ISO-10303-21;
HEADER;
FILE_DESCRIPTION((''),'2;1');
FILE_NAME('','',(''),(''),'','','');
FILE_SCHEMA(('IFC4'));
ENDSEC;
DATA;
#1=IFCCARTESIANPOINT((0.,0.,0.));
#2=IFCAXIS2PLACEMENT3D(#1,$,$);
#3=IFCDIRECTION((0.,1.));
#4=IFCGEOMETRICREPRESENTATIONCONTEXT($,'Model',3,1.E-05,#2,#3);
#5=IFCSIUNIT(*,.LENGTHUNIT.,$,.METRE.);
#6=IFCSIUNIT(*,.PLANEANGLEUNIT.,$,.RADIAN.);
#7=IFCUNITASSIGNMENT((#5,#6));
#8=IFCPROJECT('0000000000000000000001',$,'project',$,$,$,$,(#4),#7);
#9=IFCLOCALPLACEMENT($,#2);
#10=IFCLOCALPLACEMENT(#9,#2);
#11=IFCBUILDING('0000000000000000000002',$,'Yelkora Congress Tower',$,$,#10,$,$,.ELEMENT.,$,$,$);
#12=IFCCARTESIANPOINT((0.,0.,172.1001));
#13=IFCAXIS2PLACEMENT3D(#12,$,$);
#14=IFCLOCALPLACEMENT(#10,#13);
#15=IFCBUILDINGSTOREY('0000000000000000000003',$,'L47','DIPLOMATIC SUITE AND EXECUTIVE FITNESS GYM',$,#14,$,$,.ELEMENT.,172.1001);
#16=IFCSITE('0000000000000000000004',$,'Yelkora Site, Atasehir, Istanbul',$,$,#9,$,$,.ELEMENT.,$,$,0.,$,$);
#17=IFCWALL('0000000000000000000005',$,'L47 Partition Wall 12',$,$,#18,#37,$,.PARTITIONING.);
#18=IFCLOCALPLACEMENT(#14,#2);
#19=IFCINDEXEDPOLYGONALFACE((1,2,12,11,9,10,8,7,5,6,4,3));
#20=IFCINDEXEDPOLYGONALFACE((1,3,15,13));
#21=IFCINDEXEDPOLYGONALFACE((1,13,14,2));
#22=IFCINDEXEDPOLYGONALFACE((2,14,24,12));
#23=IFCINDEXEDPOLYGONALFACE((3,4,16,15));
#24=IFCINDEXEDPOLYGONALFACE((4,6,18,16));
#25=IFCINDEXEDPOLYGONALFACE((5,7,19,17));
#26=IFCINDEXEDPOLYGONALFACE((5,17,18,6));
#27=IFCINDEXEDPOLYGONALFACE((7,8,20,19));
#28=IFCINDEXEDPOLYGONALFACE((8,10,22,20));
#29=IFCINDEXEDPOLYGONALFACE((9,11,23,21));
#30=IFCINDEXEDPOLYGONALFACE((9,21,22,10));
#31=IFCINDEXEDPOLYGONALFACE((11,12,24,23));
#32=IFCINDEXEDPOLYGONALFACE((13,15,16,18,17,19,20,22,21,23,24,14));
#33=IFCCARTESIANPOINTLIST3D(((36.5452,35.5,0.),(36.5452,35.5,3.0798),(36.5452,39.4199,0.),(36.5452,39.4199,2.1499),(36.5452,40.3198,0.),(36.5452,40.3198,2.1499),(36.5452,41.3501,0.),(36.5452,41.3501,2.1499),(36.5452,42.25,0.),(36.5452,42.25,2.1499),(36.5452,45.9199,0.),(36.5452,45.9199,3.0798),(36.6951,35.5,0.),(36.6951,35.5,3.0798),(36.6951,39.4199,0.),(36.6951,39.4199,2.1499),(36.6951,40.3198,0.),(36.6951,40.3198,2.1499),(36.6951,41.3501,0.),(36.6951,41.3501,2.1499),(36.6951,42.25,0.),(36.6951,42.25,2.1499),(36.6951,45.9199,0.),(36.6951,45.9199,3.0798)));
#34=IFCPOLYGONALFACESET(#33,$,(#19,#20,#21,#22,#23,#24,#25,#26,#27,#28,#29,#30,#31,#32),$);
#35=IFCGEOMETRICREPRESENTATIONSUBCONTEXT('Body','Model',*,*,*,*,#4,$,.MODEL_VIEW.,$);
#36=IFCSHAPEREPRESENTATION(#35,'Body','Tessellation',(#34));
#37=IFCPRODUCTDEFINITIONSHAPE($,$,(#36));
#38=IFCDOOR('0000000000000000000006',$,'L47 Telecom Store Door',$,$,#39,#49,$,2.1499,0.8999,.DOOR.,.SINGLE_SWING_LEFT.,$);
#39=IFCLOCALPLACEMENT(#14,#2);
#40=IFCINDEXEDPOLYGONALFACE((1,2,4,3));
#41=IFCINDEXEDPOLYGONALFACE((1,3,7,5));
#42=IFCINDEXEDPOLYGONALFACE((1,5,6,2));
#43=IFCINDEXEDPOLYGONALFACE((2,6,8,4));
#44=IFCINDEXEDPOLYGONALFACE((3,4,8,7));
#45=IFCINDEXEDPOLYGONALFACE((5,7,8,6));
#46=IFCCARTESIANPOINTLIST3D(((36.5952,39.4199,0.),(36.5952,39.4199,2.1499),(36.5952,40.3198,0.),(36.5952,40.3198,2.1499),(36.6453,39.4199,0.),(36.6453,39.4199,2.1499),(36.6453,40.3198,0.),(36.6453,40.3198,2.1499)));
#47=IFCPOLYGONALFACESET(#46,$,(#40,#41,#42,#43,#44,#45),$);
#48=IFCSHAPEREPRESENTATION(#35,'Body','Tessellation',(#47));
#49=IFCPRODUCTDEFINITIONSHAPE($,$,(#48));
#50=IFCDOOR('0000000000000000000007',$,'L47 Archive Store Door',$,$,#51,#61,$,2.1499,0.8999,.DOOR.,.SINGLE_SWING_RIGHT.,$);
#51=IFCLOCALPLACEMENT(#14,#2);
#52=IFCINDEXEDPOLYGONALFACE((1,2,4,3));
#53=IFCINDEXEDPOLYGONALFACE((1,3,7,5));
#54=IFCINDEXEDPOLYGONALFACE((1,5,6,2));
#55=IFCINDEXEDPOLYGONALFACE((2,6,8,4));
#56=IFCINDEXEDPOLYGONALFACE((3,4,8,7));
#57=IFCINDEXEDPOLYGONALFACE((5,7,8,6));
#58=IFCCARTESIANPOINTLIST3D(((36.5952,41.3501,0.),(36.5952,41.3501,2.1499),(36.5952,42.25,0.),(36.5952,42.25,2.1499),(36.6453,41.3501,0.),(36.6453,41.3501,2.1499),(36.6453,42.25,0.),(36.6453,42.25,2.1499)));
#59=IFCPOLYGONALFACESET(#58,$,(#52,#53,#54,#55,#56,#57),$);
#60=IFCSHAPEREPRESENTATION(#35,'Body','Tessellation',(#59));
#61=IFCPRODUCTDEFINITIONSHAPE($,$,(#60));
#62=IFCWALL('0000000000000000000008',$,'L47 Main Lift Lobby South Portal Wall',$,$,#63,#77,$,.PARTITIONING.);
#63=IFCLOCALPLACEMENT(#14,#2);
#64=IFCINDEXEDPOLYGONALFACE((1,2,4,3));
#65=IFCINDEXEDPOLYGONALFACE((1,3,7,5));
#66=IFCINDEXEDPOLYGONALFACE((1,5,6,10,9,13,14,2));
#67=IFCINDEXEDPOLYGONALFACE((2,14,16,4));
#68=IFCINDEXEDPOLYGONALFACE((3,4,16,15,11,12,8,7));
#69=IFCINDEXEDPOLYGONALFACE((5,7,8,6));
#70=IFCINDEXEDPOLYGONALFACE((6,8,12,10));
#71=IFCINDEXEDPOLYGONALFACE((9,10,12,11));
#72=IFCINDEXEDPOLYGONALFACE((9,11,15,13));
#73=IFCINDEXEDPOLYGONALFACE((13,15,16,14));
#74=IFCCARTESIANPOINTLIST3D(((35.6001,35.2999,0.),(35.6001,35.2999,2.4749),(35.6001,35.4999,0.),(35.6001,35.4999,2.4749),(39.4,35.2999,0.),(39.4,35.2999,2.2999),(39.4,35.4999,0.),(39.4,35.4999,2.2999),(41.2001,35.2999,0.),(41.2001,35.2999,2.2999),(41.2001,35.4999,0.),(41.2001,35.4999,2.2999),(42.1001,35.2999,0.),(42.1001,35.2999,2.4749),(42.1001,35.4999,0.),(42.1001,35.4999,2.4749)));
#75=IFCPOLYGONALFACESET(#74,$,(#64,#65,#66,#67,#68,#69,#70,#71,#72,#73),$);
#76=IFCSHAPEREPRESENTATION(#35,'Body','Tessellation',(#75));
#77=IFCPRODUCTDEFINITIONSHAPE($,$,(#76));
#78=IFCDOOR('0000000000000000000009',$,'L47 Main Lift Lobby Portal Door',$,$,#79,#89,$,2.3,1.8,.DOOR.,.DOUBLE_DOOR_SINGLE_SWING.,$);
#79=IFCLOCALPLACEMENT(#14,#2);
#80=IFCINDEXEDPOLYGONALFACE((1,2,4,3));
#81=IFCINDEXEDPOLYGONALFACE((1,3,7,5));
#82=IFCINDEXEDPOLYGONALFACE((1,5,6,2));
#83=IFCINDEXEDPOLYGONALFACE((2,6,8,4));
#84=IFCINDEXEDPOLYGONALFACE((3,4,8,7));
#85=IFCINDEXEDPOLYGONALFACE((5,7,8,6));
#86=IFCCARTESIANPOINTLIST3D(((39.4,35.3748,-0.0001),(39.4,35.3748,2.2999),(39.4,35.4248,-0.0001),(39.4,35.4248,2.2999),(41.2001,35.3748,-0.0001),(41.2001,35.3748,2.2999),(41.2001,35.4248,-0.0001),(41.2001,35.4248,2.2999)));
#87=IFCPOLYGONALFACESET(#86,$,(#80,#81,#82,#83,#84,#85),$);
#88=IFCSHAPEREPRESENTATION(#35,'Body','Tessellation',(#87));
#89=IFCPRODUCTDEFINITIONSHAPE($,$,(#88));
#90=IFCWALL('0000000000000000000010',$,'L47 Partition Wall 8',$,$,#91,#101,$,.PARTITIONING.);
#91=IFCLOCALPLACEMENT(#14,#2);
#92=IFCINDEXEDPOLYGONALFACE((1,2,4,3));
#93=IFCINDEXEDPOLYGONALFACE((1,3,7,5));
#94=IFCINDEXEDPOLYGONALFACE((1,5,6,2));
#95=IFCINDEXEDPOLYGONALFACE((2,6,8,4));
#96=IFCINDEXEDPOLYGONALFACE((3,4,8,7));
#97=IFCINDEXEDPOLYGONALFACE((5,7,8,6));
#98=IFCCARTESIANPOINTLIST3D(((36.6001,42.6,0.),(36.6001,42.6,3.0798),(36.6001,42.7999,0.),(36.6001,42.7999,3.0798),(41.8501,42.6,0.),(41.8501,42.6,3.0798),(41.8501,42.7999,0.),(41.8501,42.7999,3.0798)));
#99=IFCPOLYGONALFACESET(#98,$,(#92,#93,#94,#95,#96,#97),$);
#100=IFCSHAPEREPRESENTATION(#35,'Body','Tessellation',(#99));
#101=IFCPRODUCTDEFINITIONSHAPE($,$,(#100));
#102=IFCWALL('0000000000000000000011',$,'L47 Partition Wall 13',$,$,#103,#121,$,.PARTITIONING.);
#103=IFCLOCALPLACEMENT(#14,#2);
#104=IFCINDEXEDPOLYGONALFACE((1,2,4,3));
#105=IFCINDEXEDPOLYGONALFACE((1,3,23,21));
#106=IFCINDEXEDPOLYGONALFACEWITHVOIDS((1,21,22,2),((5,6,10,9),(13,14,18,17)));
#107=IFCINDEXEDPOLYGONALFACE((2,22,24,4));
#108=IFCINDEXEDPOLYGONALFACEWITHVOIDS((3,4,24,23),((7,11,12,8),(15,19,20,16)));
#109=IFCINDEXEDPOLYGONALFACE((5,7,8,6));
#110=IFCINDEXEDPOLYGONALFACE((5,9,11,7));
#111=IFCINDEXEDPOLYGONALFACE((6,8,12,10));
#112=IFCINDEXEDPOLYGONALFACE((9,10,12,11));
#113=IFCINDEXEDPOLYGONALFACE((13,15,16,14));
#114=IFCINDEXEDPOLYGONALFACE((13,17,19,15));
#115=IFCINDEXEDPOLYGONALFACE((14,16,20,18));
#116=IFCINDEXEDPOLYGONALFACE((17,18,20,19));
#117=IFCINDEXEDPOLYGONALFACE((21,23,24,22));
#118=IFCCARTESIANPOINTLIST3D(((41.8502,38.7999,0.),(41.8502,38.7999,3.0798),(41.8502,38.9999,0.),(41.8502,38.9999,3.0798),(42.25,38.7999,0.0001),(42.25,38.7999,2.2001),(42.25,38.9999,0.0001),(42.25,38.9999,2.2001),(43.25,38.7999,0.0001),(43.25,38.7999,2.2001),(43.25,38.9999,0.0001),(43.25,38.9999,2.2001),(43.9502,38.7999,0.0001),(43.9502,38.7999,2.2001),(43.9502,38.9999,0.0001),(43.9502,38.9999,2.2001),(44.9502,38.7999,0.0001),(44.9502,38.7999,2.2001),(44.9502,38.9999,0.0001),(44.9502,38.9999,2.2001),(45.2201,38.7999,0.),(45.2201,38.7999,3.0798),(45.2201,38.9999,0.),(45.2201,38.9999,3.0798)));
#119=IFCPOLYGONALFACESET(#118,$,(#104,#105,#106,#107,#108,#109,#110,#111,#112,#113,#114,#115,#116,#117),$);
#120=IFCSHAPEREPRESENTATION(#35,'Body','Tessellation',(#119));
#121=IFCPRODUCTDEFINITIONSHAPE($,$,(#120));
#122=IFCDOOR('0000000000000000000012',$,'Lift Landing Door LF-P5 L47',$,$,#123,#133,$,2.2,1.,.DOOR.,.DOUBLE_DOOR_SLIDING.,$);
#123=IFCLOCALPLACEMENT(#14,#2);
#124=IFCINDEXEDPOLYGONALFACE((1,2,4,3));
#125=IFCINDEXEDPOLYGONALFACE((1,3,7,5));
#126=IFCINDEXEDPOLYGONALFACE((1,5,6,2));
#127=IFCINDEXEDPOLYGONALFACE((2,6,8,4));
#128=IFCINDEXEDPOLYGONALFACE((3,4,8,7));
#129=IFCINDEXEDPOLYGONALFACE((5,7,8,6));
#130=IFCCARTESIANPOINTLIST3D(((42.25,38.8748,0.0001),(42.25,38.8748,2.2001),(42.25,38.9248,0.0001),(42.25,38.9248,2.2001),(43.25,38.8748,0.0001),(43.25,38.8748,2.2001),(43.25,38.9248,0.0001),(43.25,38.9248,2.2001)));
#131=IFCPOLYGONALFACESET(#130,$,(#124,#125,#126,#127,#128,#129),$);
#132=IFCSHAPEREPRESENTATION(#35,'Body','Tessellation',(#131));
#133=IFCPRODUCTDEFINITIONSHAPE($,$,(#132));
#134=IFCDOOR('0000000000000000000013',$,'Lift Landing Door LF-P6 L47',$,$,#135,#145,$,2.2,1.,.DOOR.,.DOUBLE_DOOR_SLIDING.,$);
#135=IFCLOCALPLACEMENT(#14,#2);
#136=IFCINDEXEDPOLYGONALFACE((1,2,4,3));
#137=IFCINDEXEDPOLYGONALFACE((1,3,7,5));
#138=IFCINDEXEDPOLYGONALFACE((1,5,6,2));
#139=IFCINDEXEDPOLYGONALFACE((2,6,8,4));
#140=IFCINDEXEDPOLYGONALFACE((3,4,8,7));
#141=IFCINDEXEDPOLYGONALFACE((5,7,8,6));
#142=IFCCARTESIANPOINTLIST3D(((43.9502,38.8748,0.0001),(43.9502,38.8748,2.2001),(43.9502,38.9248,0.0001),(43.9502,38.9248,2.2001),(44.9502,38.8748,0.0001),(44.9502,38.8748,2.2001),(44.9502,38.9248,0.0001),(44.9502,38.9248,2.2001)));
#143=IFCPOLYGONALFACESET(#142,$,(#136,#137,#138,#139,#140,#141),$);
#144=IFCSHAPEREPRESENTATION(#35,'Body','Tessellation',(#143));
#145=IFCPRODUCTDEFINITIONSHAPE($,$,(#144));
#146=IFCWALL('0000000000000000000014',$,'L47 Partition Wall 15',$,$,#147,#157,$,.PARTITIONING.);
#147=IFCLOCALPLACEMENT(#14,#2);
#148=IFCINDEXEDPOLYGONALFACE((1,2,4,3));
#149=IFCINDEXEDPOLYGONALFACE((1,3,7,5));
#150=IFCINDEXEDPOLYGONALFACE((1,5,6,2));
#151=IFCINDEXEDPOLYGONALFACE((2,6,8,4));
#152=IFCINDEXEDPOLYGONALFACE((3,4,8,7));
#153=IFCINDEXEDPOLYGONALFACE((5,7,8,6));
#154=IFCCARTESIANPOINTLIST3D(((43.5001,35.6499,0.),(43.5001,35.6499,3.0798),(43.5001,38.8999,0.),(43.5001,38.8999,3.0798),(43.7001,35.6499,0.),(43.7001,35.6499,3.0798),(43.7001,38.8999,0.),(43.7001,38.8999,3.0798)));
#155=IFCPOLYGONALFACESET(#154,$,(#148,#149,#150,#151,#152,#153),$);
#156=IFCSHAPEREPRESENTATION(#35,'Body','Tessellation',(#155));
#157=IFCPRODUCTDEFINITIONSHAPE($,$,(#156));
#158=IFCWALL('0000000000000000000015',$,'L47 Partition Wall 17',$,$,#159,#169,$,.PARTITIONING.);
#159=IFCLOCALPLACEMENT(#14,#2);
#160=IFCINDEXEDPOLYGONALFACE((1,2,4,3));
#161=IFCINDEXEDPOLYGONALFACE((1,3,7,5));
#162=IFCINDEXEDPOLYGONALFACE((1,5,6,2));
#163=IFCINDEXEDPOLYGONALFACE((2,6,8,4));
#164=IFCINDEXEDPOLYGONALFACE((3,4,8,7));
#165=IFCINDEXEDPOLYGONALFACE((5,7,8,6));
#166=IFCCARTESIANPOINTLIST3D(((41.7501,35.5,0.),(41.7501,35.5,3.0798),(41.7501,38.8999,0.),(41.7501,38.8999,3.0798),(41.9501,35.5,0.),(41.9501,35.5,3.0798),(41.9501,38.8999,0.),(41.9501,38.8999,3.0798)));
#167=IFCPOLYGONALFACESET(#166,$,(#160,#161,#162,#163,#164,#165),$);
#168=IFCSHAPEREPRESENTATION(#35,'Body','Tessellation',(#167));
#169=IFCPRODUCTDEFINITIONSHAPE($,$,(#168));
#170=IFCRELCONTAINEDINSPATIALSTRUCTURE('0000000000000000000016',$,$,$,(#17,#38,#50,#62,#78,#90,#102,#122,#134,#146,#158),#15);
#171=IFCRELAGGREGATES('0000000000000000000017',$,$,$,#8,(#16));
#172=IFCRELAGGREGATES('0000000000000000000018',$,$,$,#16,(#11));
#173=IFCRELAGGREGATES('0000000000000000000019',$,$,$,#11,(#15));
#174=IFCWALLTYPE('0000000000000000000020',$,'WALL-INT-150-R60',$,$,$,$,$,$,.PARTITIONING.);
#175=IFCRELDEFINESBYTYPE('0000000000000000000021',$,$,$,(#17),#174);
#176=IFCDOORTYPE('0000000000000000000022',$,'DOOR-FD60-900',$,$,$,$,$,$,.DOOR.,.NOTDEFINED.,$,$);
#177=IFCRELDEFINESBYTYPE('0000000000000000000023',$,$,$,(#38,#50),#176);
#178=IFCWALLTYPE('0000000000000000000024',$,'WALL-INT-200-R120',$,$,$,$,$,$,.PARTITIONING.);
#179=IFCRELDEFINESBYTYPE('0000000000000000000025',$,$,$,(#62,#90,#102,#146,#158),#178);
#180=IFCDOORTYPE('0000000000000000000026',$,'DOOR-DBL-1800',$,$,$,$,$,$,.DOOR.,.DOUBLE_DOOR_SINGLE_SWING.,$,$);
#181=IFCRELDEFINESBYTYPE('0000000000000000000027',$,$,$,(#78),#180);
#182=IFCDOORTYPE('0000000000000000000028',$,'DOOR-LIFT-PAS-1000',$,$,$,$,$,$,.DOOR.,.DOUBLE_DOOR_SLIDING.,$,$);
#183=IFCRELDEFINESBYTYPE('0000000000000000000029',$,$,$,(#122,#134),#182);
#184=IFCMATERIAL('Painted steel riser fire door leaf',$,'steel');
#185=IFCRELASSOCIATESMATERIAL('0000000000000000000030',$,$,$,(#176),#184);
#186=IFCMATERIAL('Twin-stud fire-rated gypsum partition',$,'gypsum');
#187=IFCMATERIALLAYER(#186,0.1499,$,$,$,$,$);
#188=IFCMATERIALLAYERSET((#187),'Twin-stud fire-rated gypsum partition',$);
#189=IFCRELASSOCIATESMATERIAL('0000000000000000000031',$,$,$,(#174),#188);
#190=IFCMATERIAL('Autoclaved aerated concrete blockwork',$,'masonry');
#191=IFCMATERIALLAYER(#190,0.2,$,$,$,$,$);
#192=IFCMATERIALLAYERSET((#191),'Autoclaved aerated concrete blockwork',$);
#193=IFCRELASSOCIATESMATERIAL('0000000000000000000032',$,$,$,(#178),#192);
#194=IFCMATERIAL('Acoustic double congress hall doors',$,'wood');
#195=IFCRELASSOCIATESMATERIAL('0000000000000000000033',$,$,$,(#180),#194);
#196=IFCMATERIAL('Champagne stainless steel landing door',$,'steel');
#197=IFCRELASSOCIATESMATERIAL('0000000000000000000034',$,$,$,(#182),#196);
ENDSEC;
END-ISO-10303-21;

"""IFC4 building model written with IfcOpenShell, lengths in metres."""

from ifc_helpers import new_model, si_unit, direction, frame, frame_2d, origin, place, context, subcontext, project, spatial, rectangle, extrude, material, layer, layer_set, type_object, element, fill, save


model = new_model("IFC4")

# Units and contexts
model_context = context("Model", 3, precision=1e-05, world=origin(), true_north=direction((0.0, 1.0)))
body_context = subcontext(model_context, "Body", "Model", "MODEL_VIEW")
ifc_project = project(units=[si_unit("LENGTHUNIT", "METRE"), si_unit("PLANEANGLEUNIT", "RADIAN")], contexts=[model_context])

# Site, building, storey
site_placement = place(None, origin())
site = spatial("IfcSite", under=ifc_project, at=site_placement, Name="Yelkora Site, Atasehir, Istanbul", CompositionType="ELEMENT", RefElevation=0.0)
building_placement = place(site_placement, origin())
building = spatial("IfcBuilding", under=site, at=building_placement, Name="Yelkora Congress Tower", CompositionType="ELEMENT")
storey_placement = place(building_placement, frame((0.0, 0.0, 172.1001)))
storey = spatial("IfcBuildingStorey", under=building, at=storey_placement, Name="L47", Description="DIPLOMATIC SUITE AND EXECUTIVE FITNESS GYM", CompositionType="ELEMENT", Elevation=172.1001)

# Shared definitions
ifc_material_1 = material(Name="Painted steel riser fire door leaf", Category="steel")
door_type_1 = type_object("IfcDoorType", Name="DOOR-FD60-900", OperationType="NOTDEFINED", PredefinedType="DOOR", material=ifc_material_1)

# Shared definitions
ifc_material_2 = material(Name="Twin-stud fire-rated gypsum partition", Category="gypsum")
ifc_layer_1 = layer(ifc_material_2, 0.1499)
ifc_layer_set_1 = layer_set([ifc_layer_1], Name="Twin-stud fire-rated gypsum partition")
wall_type_1 = type_object("IfcWallType", Name="WALL-INT-150-R60", PredefinedType="PARTITIONING", material=ifc_layer_set_1)

# Wall, openings, doors
wall_1_placement = place(storey_placement, frame((36.6201, 35.5, 0.0), z_axis=(0.0, 0.0, 1.0), x_axis=(0.0, 1.0, 0.0)))
wall_1 = element("IfcWall", 1, at=wall_1_placement, inside=storey, type_object=wall_type_1, Name="L47 Partition Wall 12", PredefinedType="PARTITIONING", context=body_context, shape_type="SweptSolid", body=[
    extrude(rectangle(XDim=10.4199, YDim=0.1499, at=frame_2d((5.21, 0.0))), origin(), (0.0, 0.0, 1.0), 3.0798),
])
opening_1_placement = place(wall_1_placement, frame((3.9199, 0.0, 0.0)))
opening_1 = element("IfcOpeningElement", 2, at=opening_1_placement, cuts=wall_1, PredefinedType="OPENING", context=body_context, shape_type="SweptSolid", body=[
    extrude(rectangle(XDim=0.8999, YDim=2.1499, at=frame_2d((0.45, 1.075))), frame((0.0, 0.085, 0.0), z_axis=(0.0, -1.0, 0.0), x_axis=(1.0, 0.0, 0.0)), (0.0, 0.0, 1.0), 0.1699),
])
opening_2_placement = place(wall_1_placement, frame((5.8501, 0.0, 0.0)))
opening_2 = element("IfcOpeningElement", 3, at=opening_2_placement, cuts=wall_1, PredefinedType="OPENING", context=body_context, shape_type="SweptSolid", body=[
    extrude(rectangle(XDim=0.8999, YDim=2.1499, at=frame_2d((0.45, 1.075))), frame((0.0, 0.085, 0.0), z_axis=(0.0, -1.0, 0.0), x_axis=(1.0, 0.0, 0.0)), (0.0, 0.0, 1.0), 0.1699),
])
door_1_placement = place(opening_1_placement, origin())
door_1 = element("IfcDoor", 4, at=door_1_placement, inside=storey, type_object=door_type_1, Name="L47 Telecom Store Door", OperationType="SINGLE_SWING_LEFT", OverallHeight=2.1499, OverallWidth=0.8999, PredefinedType="DOOR", context=body_context, shape_type="SweptSolid", body=[
    extrude(rectangle(XDim=0.8999, YDim=2.1499, at=frame_2d((0.45, 1.075))), frame((0.0, 0.0249, 0.0), z_axis=(0.0, -1.0, 0.0), x_axis=(1.0, 0.0, 0.0)), (0.0, 0.0, 1.0), 0.05),
])
fill(opening_1, door_1)
door_2_placement = place(opening_2_placement, origin())
door_2 = element("IfcDoor", 5, at=door_2_placement, inside=storey, type_object=door_type_1, Name="L47 Archive Store Door", OperationType="SINGLE_SWING_RIGHT", OverallHeight=2.1499, OverallWidth=0.8999, PredefinedType="DOOR", context=body_context, shape_type="SweptSolid", body=[
    extrude(rectangle(XDim=0.8999, YDim=2.1499, at=frame_2d((0.45, 1.075))), frame((0.0, 0.0249, 0.0), z_axis=(0.0, -1.0, 0.0), x_axis=(1.0, 0.0, 0.0)), (0.0, 0.0, 1.0), 0.05),
])
fill(opening_2, door_2)

# Wall, opening, door
ifc_material_3 = material(Name="Autoclaved aerated concrete blockwork", Category="masonry")
ifc_layer_2 = layer(ifc_material_3, 0.2)
ifc_layer_set_2 = layer_set([ifc_layer_2], Name="Autoclaved aerated concrete blockwork")
wall_type_2 = type_object("IfcWallType", Name="WALL-INT-200-R120", PredefinedType="PARTITIONING", material=ifc_layer_set_2)
wall_2_placement = place(storey_placement, frame((35.6001, 35.3999, 0.0), z_axis=(0.0, 0.0, 1.0), x_axis=(1.0, 0.0, 0.0)))
wall_2 = element("IfcWall", 6, at=wall_2_placement, inside=storey, type_object=wall_type_2, Name="L47 Main Lift Lobby South Portal Wall", PredefinedType="PARTITIONING", context=body_context, shape_type="SweptSolid", body=[
    extrude(rectangle(XDim=6.5, YDim=0.2, at=frame_2d((3.25, 0.0))), origin(), (0.0, 0.0, 1.0), 2.4749),
])
opening_3_placement = place(wall_2_placement, frame((3.8, 0.0, 0.0)))
opening_3 = element("IfcOpeningElement", 7, at=opening_3_placement, cuts=wall_2, PredefinedType="OPENING", context=body_context, shape_type="SweptSolid", body=[
    extrude(rectangle(XDim=1.8, YDim=2.3, at=frame_2d((0.8999, 1.1499))), frame((0.0, 0.1099, 0.0), z_axis=(0.0, -1.0, 0.0), x_axis=(1.0, 0.0, 0.0)), (0.0, 0.0, 1.0), 0.22),
])
ifc_material_4 = material(Name="Acoustic double congress hall doors", Category="wood")
door_type_2 = type_object("IfcDoorType", Name="DOOR-DBL-1800", OperationType="DOUBLE_DOOR_SINGLE_SWING", PredefinedType="DOOR", material=ifc_material_4)
door_3_placement = place(opening_3_placement, origin())
door_3 = element("IfcDoor", 8, at=door_3_placement, inside=storey, type_object=door_type_2, Name="L47 Main Lift Lobby Portal Door", OperationType="DOUBLE_DOOR_SINGLE_SWING", OverallHeight=2.3, OverallWidth=1.8, PredefinedType="DOOR", context=body_context, shape_type="SweptSolid", body=[
    extrude(rectangle(XDim=1.8, YDim=2.3, at=frame_2d((0.8999, 1.1499))), frame((0.0, 0.0249, 0.0), z_axis=(0.0, -1.0, 0.0), x_axis=(1.0, 0.0, 0.0)), (0.0, 0.0, 1.0), 0.05),
])
fill(opening_3, door_3)

# Wall
wall_3_placement = place(storey_placement, frame((36.6001, 42.7, 0.0), z_axis=(0.0, 0.0, 1.0), x_axis=(1.0, 0.0, 0.0)))
element("IfcWall", 9, at=wall_3_placement, inside=storey, type_object=wall_type_2, Name="L47 Partition Wall 8", PredefinedType="PARTITIONING", context=body_context, shape_type="SweptSolid", body=[
    extrude(rectangle(XDim=5.25, YDim=0.2, at=frame_2d((2.625, 0.0))), origin(), (0.0, 0.0, 1.0), 3.0798),
])

# Wall, openings, doors
wall_4_placement = place(storey_placement, frame((41.8501, 38.8999, 0.0), z_axis=(0.0, 0.0, 1.0), x_axis=(1.0, 0.0, 0.0)))
wall_4 = element("IfcWall", 10, at=wall_4_placement, inside=storey, type_object=wall_type_2, Name="L47 Partition Wall 13", PredefinedType="PARTITIONING", context=body_context, shape_type="SweptSolid", body=[
    extrude(rectangle(XDim=3.3699, YDim=0.2, at=frame_2d((1.6851, 0.0))), origin(), (0.0, 0.0, 1.0), 3.0798),
])
opening_4_placement = place(wall_4_placement, frame((0.3999, 0.0, 0.0)))
opening_4 = element("IfcOpeningElement", 11, at=opening_4_placement, cuts=wall_4, PredefinedType="OPENING", context=body_context, shape_type="SweptSolid", body=[
    extrude(rectangle(XDim=1.0, YDim=2.2, at=frame_2d((0.5, 1.1001))), frame((0.0, 0.1099, 0.0), z_axis=(0.0, -1.0, 0.0), x_axis=(1.0, 0.0, 0.0)), (0.0, 0.0, 1.0), 0.22),
])
opening_5_placement = place(wall_4_placement, frame((2.1001, 0.0, 0.0)))
opening_5 = element("IfcOpeningElement", 12, at=opening_5_placement, cuts=wall_4, PredefinedType="OPENING", context=body_context, shape_type="SweptSolid", body=[
    extrude(rectangle(XDim=1.0, YDim=2.2, at=frame_2d((0.5, 1.1001))), frame((0.0, 0.1099, 0.0), z_axis=(0.0, -1.0, 0.0), x_axis=(1.0, 0.0, 0.0)), (0.0, 0.0, 1.0), 0.22),
])
ifc_material_5 = material(Name="Champagne stainless steel landing door", Category="steel")
door_type_3 = type_object("IfcDoorType", Name="DOOR-LIFT-PAS-1000", OperationType="DOUBLE_DOOR_SLIDING", PredefinedType="DOOR", material=ifc_material_5)
door_4_placement = place(opening_4_placement, origin())
door_4 = element("IfcDoor", 13, at=door_4_placement, inside=storey, type_object=door_type_3, Name="Lift Landing Door LF-P5 L47", OperationType="DOUBLE_DOOR_SLIDING", OverallHeight=2.2, OverallWidth=1.0, PredefinedType="DOOR", context=body_context, shape_type="SweptSolid", body=[
    extrude(rectangle(XDim=1.0, YDim=2.2, at=frame_2d((0.5, 1.1001))), frame((0.0, 0.0249, 0.0), z_axis=(0.0, -1.0, 0.0), x_axis=(1.0, 0.0, 0.0)), (0.0, 0.0, 1.0), 0.05),
])
fill(opening_4, door_4)
door_5_placement = place(opening_5_placement, origin())
door_5 = element("IfcDoor", 14, at=door_5_placement, inside=storey, type_object=door_type_3, Name="Lift Landing Door LF-P6 L47", OperationType="DOUBLE_DOOR_SLIDING", OverallHeight=2.2, OverallWidth=1.0, PredefinedType="DOOR", context=body_context, shape_type="SweptSolid", body=[
    extrude(rectangle(XDim=1.0, YDim=2.2, at=frame_2d((0.5, 1.1001))), frame((0.0, 0.0249, 0.0), z_axis=(0.0, -1.0, 0.0), x_axis=(1.0, 0.0, 0.0)), (0.0, 0.0, 1.0), 0.05),
])
fill(opening_5, door_5)

# Walls
wall_5_placement = place(storey_placement, frame((43.6001, 35.6499, 0.0), z_axis=(0.0, 0.0, 1.0), x_axis=(0.0, 1.0, 0.0)))
element("IfcWall", 15, at=wall_5_placement, inside=storey, type_object=wall_type_2, Name="L47 Partition Wall 15", PredefinedType="PARTITIONING", context=body_context, shape_type="SweptSolid", body=[
    extrude(rectangle(XDim=3.25, YDim=0.2, at=frame_2d((1.625, 0.0))), origin(), (0.0, 0.0, 1.0), 3.0798),
])
wall_6_placement = place(storey_placement, frame((41.8501, 35.5, 0.0), z_axis=(0.0, 0.0, 1.0), x_axis=(0.0, 1.0, 0.0)))
element("IfcWall", 16, at=wall_6_placement, inside=storey, type_object=wall_type_2, Name="L47 Partition Wall 17", PredefinedType="PARTITIONING", context=body_context, shape_type="SweptSolid", body=[
    extrude(rectangle(XDim=3.3999, YDim=0.2, at=frame_2d((1.7, 0.0))), origin(), (0.0, 0.0, 1.0), 3.0798),
])

save(model, "model.ifc")
